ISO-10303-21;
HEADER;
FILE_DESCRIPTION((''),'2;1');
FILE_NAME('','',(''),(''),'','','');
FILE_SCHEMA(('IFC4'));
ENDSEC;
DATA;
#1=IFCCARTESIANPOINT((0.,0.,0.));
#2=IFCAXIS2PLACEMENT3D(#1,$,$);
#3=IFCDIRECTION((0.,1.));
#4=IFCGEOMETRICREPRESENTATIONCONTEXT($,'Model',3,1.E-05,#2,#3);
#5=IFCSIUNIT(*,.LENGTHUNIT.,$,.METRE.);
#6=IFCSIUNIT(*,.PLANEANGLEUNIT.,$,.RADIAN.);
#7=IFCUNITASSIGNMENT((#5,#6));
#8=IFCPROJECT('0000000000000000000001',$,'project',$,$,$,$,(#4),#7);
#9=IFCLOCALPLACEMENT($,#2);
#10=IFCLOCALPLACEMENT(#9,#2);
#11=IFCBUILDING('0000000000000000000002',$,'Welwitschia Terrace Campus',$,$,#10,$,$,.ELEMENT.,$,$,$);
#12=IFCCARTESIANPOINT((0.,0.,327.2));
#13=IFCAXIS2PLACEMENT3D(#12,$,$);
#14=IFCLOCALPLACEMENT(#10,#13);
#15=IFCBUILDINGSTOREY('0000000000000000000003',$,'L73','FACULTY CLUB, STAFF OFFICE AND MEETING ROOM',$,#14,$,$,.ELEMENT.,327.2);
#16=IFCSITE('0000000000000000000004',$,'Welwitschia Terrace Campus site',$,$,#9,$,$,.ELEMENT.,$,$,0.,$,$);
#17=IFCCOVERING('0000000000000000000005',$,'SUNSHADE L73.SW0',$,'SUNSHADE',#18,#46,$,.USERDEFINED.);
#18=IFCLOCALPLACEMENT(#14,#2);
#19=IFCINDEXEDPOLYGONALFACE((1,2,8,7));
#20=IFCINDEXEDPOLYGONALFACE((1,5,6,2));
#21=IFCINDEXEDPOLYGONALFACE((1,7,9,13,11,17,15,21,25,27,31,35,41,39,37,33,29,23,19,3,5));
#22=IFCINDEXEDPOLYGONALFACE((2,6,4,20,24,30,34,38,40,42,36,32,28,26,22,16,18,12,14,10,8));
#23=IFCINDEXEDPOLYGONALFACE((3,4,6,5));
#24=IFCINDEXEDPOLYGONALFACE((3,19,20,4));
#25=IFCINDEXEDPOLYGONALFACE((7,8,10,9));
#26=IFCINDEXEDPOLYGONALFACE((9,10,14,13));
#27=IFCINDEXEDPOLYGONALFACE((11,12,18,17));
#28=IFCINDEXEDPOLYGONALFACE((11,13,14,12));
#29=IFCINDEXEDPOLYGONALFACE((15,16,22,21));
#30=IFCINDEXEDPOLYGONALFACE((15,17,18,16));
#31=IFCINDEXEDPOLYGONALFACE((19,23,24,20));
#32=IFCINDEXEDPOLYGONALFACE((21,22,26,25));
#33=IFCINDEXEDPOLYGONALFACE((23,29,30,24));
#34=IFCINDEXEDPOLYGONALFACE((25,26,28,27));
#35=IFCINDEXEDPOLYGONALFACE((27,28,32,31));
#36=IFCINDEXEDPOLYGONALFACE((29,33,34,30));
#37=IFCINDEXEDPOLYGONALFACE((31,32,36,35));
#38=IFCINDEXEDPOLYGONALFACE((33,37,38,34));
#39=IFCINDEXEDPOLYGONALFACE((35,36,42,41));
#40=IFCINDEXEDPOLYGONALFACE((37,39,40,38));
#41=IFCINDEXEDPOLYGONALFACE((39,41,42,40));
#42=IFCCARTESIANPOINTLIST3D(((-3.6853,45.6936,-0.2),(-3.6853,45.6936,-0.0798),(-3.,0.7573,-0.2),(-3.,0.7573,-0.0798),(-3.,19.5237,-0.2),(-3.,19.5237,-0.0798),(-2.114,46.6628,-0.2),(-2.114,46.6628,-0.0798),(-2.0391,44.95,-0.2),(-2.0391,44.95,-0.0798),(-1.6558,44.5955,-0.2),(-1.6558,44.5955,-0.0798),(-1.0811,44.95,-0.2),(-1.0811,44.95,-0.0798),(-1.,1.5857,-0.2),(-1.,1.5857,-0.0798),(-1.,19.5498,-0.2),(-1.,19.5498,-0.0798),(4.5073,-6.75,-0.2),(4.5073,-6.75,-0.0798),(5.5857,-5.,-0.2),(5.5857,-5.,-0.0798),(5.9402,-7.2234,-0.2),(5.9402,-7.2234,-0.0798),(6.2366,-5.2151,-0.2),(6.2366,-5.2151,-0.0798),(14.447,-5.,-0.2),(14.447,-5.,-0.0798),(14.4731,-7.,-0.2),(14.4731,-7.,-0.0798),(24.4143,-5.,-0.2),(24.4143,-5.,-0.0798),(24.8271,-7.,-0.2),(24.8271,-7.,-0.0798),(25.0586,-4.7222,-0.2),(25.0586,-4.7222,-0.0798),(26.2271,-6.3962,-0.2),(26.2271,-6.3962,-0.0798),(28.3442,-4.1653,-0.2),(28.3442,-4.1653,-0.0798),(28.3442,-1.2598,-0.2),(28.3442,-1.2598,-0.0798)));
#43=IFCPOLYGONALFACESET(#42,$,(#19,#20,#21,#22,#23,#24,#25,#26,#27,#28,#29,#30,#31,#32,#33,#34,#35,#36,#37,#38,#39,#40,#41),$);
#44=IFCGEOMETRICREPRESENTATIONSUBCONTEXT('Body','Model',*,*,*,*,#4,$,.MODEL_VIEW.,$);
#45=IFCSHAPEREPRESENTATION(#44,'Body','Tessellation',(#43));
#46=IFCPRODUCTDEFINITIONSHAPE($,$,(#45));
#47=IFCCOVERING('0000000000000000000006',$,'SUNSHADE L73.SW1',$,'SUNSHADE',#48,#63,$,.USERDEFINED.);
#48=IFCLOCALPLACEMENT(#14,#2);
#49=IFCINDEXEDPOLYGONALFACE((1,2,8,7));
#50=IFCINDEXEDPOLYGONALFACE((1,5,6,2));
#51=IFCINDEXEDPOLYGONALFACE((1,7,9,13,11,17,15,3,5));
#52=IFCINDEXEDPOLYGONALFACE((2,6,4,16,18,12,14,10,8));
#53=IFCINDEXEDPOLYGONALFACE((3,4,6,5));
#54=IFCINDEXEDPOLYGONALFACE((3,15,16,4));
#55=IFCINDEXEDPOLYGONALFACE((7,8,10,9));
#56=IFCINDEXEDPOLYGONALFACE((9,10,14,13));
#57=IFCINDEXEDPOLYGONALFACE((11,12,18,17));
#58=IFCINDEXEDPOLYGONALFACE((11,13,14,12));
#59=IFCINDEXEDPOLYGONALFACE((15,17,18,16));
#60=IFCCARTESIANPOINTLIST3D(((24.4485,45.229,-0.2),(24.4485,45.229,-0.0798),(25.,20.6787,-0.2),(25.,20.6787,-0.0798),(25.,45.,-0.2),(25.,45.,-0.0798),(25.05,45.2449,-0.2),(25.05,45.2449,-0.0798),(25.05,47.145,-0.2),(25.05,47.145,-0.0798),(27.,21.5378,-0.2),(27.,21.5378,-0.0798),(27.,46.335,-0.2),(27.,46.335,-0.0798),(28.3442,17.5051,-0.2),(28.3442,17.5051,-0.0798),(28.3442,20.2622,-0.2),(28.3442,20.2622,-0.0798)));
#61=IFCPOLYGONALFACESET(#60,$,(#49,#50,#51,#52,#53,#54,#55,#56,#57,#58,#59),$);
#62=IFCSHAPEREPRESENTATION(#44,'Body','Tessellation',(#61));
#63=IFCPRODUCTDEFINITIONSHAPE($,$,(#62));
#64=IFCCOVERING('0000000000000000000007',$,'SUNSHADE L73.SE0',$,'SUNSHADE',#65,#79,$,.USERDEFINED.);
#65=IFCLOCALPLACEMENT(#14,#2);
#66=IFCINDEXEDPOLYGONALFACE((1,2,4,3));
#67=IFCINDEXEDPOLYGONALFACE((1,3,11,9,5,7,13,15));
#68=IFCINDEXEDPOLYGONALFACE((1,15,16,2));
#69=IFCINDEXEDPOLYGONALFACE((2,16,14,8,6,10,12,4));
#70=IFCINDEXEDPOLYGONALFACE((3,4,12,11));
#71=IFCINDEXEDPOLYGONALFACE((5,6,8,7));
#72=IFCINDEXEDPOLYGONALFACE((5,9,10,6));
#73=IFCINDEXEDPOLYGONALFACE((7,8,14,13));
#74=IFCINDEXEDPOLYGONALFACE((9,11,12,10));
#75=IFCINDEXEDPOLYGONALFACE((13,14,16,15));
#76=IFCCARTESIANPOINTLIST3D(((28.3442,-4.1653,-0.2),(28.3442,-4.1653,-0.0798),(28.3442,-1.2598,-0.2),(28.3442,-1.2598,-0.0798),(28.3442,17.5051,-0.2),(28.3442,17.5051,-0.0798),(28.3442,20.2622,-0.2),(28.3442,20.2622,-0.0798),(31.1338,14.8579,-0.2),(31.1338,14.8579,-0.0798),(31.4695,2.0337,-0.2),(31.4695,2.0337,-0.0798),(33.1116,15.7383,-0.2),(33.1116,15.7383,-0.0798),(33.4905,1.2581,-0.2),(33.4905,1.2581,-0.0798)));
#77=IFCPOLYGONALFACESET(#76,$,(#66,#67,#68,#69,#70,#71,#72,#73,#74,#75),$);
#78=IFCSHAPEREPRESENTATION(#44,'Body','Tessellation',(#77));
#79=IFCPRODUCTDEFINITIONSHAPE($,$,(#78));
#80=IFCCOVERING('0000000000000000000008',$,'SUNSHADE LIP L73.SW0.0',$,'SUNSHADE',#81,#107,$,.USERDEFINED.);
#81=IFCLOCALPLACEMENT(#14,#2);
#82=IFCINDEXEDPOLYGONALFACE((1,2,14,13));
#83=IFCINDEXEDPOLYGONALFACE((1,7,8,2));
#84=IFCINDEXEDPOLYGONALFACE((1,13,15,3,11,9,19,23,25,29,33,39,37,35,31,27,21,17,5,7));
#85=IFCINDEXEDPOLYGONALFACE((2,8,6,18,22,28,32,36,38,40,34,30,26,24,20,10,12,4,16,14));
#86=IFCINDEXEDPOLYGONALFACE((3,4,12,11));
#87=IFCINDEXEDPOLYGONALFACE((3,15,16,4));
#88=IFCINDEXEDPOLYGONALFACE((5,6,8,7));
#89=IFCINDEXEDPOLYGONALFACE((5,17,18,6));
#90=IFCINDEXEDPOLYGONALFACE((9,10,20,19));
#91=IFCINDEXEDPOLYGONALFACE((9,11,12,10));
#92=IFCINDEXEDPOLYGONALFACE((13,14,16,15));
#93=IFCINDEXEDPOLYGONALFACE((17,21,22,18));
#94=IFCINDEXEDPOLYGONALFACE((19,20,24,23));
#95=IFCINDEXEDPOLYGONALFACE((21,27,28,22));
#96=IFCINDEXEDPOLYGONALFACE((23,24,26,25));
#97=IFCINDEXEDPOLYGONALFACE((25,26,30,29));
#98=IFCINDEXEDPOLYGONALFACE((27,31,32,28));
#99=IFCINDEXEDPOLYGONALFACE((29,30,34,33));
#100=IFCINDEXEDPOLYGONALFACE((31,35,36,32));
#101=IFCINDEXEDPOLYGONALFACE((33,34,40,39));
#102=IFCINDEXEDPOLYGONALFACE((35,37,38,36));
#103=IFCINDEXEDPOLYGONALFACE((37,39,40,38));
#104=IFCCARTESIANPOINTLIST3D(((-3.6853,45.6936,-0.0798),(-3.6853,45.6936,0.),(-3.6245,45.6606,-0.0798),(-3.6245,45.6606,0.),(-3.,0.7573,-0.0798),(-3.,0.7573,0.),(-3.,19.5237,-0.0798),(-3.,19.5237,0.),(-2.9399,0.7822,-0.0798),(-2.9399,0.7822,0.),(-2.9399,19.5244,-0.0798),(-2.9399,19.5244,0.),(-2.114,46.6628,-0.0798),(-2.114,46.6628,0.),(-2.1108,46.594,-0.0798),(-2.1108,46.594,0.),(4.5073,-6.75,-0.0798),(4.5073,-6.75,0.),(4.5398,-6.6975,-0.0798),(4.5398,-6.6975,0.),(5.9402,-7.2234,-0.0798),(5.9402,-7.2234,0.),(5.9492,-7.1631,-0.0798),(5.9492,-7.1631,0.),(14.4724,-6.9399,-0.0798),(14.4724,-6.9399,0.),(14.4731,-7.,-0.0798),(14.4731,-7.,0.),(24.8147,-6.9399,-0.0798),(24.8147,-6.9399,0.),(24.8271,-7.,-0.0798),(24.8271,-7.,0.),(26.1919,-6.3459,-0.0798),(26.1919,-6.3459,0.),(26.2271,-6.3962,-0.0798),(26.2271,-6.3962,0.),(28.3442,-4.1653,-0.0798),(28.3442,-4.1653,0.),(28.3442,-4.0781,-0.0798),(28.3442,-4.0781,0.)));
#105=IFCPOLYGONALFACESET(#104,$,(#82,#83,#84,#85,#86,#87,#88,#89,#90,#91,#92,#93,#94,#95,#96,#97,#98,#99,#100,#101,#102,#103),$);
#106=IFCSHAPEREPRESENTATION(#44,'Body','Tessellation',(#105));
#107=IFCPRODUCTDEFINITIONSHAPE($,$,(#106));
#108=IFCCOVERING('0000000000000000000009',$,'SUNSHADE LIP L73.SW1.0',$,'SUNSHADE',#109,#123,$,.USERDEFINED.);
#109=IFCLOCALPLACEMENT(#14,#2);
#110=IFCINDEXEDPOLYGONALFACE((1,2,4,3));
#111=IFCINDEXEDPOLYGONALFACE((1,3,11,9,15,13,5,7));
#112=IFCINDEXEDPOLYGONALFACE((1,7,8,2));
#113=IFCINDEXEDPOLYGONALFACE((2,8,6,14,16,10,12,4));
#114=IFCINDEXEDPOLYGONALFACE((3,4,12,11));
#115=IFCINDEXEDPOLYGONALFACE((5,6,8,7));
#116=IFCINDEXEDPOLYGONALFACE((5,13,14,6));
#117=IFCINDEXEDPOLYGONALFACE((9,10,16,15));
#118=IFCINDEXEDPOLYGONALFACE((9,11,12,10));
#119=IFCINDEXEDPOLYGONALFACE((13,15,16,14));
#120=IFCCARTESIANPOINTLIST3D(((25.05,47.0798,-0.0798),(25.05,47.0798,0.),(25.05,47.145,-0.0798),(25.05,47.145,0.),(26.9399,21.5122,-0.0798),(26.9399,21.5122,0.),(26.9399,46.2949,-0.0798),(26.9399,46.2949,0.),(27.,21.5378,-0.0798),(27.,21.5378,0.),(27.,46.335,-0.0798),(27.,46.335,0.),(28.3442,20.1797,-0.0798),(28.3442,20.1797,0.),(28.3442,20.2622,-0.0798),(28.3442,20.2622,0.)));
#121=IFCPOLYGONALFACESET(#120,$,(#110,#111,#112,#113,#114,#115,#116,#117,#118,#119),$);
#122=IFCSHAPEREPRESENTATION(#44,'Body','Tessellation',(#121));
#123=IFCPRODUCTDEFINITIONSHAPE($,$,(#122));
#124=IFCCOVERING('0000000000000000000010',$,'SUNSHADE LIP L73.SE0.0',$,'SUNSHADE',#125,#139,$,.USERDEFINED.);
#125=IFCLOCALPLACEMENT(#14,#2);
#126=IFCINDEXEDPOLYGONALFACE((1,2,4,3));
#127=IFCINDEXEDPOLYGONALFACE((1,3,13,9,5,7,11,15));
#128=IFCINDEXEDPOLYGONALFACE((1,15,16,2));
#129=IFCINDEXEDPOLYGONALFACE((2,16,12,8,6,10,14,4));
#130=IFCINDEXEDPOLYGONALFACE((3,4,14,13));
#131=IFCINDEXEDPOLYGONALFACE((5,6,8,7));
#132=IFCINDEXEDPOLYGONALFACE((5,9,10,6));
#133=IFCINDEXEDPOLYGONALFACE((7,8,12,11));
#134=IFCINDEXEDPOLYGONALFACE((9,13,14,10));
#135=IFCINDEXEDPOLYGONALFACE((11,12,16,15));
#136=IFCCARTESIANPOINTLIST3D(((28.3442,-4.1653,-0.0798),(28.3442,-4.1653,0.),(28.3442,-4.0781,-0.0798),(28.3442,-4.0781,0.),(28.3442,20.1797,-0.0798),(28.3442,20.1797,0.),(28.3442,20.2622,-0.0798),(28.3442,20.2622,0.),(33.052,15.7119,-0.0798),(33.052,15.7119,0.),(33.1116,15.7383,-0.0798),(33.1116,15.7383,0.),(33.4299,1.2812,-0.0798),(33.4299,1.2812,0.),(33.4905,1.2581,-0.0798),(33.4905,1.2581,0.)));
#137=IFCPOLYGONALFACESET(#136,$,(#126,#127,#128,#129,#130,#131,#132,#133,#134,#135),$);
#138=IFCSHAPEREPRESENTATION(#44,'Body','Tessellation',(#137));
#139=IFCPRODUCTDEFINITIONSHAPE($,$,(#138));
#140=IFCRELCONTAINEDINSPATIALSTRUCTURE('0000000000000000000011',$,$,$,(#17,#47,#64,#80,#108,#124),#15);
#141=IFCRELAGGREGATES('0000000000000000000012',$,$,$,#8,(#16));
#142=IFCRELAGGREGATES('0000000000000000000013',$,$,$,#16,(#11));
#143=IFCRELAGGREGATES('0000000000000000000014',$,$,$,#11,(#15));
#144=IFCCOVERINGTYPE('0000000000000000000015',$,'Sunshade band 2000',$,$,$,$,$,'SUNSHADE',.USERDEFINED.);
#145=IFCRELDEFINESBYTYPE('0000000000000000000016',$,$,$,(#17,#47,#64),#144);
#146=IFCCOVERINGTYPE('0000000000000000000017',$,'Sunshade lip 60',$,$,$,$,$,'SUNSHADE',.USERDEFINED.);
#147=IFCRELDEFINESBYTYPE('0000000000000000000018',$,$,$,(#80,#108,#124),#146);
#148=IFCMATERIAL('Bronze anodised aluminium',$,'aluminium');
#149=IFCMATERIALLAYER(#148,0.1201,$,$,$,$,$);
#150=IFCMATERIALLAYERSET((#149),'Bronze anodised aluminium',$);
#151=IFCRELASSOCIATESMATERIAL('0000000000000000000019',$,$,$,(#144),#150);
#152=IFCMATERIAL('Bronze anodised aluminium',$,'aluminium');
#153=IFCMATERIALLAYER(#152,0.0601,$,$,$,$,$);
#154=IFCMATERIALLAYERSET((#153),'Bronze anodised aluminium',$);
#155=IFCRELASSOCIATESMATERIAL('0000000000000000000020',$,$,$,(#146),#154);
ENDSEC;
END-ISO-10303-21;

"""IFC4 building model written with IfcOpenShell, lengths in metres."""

from ifc_helpers import new_model, si_unit, direction, frame, origin, place, context, subcontext, project, spatial, polyline, outline, extrude, material, layer, layer_set, type_object, element, save


model = new_model("IFC4")

# Units and contexts
model_context = context("Model", 3, precision=1e-05, world=origin(), true_north=direction((0.0, 1.0)))
body_context = subcontext(model_context, "Body", "Model", "MODEL_VIEW")
ifc_project = project(units=[si_unit("LENGTHUNIT", "METRE"), si_unit("PLANEANGLEUNIT", "RADIAN")], contexts=[model_context])

# Site, building, storey
site_placement = place(None, origin())
site = spatial("IfcSite", under=ifc_project, at=site_placement, Name="Welwitschia Terrace Campus site", CompositionType="ELEMENT", RefElevation=0.0)
building_placement = place(site_placement, origin())
building = spatial("IfcBuilding", under=site, at=building_placement, Name="Welwitschia Terrace Campus", CompositionType="ELEMENT")
storey_placement = place(building_placement, frame((0.0, 0.0, 327.2)))
storey = spatial("IfcBuildingStorey", under=building, at=storey_placement, Name="L73", Description="FACULTY CLUB, STAFF OFFICE AND MEETING ROOM", CompositionType="ELEMENT", Elevation=327.2)

# Coverings
ifc_material_1 = material(Name="Bronze anodised aluminium", Category="aluminium")
ifc_layer_1 = layer(ifc_material_1, 0.1201)
ifc_layer_set_1 = layer_set([ifc_layer_1], Name="Bronze anodised aluminium")
covering_type_1 = type_object("IfcCoveringType", Name="Sunshade band 2000", ElementType="SUNSHADE", PredefinedType="USERDEFINED", material=ifc_layer_set_1)
covering_1_placement = place(storey_placement, frame((0.0, 0.0, -0.2)))
element("IfcCovering", 1, at=covering_1_placement, inside=storey, type_object=covering_type_1, Name="SUNSHADE L73.SW0", ObjectType="SUNSHADE", PredefinedType="USERDEFINED", context=body_context, shape_type="SweptSolid", body=[
    extrude(outline(polyline([(-2.0391, 44.95), (-1.0811, 44.95), (-1.6558, 44.5955), (-1.0, 19.5498), (-1.0, 1.5857), (5.5857, -5.0), (6.2366, -5.2151), (14.447, -5.0), (24.4143, -5.0), (25.0586, -4.7222), (28.3442, -1.2598), (28.3442, -4.1653), (26.2271, -6.3962), (24.8271, -7.0), (14.4731, -7.0), (5.9402, -7.2234), (4.5073, -6.75), (-3.0, 0.7573), (-3.0, 19.5237), (-3.6853, 45.6936), (-2.114, 46.6628), (-2.0391, 44.95)])), origin(), (0.0, 0.0, 1.0), 0.1201),
])
covering_2_placement = place(storey_placement, frame((0.0, 0.0, -0.2)))
element("IfcCovering", 2, at=covering_2_placement, inside=storey, type_object=covering_type_1, Name="SUNSHADE L73.SW1", ObjectType="SUNSHADE", PredefinedType="USERDEFINED", context=body_context, shape_type="SweptSolid", body=[
    extrude(outline(polyline([(25.0, 20.6787), (25.0, 45.0), (24.4485, 45.229), (25.05, 45.2449), (25.05, 47.145), (27.0, 46.335), (27.0, 21.5378), (28.3442, 20.2622), (28.3442, 17.5051), (25.0, 20.6787)])), origin(), (0.0, 0.0, 1.0), 0.1201),
])
covering_3_placement = place(storey_placement, frame((0.0, 0.0, -0.2)))
element("IfcCovering", 3, at=covering_3_placement, inside=storey, type_object=covering_type_1, Name="SUNSHADE L73.SE0", ObjectType="SUNSHADE", PredefinedType="USERDEFINED", context=body_context, shape_type="SweptSolid", body=[
    extrude(outline(polyline([(31.4695, 2.0337), (31.1338, 14.8579), (28.3442, 17.5051), (28.3442, 20.2622), (33.1116, 15.7383), (33.4905, 1.2581), (28.3442, -4.1653), (28.3442, -1.2598), (31.4695, 2.0337)])), origin(), (0.0, 0.0, 1.0), 0.1201),
])
ifc_material_2 = material(Name="Bronze anodised aluminium", Category="aluminium")
ifc_layer_2 = layer(ifc_material_2, 0.0601)
ifc_layer_set_2 = layer_set([ifc_layer_2], Name="Bronze anodised aluminium")
covering_type_2 = type_object("IfcCoveringType", Name="Sunshade lip 60", ElementType="SUNSHADE", PredefinedType="USERDEFINED", material=ifc_layer_set_2)
covering_4_placement = place(storey_placement, frame((0.0, 0.0, -0.0798)))
element("IfcCovering", 4, at=covering_4_placement, inside=storey, type_object=covering_type_2, Name="SUNSHADE LIP L73.SW0.0", ObjectType="SUNSHADE", PredefinedType="USERDEFINED", context=body_context, shape_type="SweptSolid", body=[
    extrude(outline(polyline([(28.3442, -4.1653), (26.2271, -6.3962), (24.8271, -7.0), (14.4731, -7.0), (5.9402, -7.2234), (4.5073, -6.75), (-3.0, 0.7573), (-3.0, 19.5237), (-3.6853, 45.6936), (-2.114, 46.6628), (-2.1108, 46.594), (-3.6245, 45.6606), (-2.9399, 19.5244), (-2.9399, 0.7822), (4.5398, -6.6975), (5.9492, -7.1631), (14.4724, -6.9399), (24.8147, -6.9399), (26.1919, -6.3459), (28.3442, -4.0781), (28.3442, -4.1653)])), origin(), (0.0, 0.0, 1.0), 0.0798),
])
covering_5_placement = place(storey_placement, frame((0.0, 0.0, -0.0798)))
element("IfcCovering", 5, at=covering_5_placement, inside=storey, type_object=covering_type_2, Name="SUNSHADE LIP L73.SW1.0", ObjectType="SUNSHADE", PredefinedType="USERDEFINED", context=body_context, shape_type="SweptSolid", body=[
    extrude(outline(polyline([(25.05, 47.145), (27.0, 46.335), (27.0, 21.5378), (28.3442, 20.2622), (28.3442, 20.1797), (26.9399, 21.5122), (26.9399, 46.2949), (25.05, 47.0798), (25.05, 47.145)])), origin(), (0.0, 0.0, 1.0), 0.0798),
])
covering_6_placement = place(storey_placement, frame((0.0, 0.0, -0.0798)))
element("IfcCovering", 6, at=covering_6_placement, inside=storey, type_object=covering_type_2, Name="SUNSHADE LIP L73.SE0.0", ObjectType="SUNSHADE", PredefinedType="USERDEFINED", context=body_context, shape_type="SweptSolid", body=[
    extrude(outline(polyline([(28.3442, 20.2622), (33.1116, 15.7383), (33.4905, 1.2581), (28.3442, -4.1653), (28.3442, -4.0781), (33.4299, 1.2812), (33.052, 15.7119), (28.3442, 20.1797), (28.3442, 20.2622)])), origin(), (0.0, 0.0, 1.0), 0.0798),
])

save(model, "model.ifc")
